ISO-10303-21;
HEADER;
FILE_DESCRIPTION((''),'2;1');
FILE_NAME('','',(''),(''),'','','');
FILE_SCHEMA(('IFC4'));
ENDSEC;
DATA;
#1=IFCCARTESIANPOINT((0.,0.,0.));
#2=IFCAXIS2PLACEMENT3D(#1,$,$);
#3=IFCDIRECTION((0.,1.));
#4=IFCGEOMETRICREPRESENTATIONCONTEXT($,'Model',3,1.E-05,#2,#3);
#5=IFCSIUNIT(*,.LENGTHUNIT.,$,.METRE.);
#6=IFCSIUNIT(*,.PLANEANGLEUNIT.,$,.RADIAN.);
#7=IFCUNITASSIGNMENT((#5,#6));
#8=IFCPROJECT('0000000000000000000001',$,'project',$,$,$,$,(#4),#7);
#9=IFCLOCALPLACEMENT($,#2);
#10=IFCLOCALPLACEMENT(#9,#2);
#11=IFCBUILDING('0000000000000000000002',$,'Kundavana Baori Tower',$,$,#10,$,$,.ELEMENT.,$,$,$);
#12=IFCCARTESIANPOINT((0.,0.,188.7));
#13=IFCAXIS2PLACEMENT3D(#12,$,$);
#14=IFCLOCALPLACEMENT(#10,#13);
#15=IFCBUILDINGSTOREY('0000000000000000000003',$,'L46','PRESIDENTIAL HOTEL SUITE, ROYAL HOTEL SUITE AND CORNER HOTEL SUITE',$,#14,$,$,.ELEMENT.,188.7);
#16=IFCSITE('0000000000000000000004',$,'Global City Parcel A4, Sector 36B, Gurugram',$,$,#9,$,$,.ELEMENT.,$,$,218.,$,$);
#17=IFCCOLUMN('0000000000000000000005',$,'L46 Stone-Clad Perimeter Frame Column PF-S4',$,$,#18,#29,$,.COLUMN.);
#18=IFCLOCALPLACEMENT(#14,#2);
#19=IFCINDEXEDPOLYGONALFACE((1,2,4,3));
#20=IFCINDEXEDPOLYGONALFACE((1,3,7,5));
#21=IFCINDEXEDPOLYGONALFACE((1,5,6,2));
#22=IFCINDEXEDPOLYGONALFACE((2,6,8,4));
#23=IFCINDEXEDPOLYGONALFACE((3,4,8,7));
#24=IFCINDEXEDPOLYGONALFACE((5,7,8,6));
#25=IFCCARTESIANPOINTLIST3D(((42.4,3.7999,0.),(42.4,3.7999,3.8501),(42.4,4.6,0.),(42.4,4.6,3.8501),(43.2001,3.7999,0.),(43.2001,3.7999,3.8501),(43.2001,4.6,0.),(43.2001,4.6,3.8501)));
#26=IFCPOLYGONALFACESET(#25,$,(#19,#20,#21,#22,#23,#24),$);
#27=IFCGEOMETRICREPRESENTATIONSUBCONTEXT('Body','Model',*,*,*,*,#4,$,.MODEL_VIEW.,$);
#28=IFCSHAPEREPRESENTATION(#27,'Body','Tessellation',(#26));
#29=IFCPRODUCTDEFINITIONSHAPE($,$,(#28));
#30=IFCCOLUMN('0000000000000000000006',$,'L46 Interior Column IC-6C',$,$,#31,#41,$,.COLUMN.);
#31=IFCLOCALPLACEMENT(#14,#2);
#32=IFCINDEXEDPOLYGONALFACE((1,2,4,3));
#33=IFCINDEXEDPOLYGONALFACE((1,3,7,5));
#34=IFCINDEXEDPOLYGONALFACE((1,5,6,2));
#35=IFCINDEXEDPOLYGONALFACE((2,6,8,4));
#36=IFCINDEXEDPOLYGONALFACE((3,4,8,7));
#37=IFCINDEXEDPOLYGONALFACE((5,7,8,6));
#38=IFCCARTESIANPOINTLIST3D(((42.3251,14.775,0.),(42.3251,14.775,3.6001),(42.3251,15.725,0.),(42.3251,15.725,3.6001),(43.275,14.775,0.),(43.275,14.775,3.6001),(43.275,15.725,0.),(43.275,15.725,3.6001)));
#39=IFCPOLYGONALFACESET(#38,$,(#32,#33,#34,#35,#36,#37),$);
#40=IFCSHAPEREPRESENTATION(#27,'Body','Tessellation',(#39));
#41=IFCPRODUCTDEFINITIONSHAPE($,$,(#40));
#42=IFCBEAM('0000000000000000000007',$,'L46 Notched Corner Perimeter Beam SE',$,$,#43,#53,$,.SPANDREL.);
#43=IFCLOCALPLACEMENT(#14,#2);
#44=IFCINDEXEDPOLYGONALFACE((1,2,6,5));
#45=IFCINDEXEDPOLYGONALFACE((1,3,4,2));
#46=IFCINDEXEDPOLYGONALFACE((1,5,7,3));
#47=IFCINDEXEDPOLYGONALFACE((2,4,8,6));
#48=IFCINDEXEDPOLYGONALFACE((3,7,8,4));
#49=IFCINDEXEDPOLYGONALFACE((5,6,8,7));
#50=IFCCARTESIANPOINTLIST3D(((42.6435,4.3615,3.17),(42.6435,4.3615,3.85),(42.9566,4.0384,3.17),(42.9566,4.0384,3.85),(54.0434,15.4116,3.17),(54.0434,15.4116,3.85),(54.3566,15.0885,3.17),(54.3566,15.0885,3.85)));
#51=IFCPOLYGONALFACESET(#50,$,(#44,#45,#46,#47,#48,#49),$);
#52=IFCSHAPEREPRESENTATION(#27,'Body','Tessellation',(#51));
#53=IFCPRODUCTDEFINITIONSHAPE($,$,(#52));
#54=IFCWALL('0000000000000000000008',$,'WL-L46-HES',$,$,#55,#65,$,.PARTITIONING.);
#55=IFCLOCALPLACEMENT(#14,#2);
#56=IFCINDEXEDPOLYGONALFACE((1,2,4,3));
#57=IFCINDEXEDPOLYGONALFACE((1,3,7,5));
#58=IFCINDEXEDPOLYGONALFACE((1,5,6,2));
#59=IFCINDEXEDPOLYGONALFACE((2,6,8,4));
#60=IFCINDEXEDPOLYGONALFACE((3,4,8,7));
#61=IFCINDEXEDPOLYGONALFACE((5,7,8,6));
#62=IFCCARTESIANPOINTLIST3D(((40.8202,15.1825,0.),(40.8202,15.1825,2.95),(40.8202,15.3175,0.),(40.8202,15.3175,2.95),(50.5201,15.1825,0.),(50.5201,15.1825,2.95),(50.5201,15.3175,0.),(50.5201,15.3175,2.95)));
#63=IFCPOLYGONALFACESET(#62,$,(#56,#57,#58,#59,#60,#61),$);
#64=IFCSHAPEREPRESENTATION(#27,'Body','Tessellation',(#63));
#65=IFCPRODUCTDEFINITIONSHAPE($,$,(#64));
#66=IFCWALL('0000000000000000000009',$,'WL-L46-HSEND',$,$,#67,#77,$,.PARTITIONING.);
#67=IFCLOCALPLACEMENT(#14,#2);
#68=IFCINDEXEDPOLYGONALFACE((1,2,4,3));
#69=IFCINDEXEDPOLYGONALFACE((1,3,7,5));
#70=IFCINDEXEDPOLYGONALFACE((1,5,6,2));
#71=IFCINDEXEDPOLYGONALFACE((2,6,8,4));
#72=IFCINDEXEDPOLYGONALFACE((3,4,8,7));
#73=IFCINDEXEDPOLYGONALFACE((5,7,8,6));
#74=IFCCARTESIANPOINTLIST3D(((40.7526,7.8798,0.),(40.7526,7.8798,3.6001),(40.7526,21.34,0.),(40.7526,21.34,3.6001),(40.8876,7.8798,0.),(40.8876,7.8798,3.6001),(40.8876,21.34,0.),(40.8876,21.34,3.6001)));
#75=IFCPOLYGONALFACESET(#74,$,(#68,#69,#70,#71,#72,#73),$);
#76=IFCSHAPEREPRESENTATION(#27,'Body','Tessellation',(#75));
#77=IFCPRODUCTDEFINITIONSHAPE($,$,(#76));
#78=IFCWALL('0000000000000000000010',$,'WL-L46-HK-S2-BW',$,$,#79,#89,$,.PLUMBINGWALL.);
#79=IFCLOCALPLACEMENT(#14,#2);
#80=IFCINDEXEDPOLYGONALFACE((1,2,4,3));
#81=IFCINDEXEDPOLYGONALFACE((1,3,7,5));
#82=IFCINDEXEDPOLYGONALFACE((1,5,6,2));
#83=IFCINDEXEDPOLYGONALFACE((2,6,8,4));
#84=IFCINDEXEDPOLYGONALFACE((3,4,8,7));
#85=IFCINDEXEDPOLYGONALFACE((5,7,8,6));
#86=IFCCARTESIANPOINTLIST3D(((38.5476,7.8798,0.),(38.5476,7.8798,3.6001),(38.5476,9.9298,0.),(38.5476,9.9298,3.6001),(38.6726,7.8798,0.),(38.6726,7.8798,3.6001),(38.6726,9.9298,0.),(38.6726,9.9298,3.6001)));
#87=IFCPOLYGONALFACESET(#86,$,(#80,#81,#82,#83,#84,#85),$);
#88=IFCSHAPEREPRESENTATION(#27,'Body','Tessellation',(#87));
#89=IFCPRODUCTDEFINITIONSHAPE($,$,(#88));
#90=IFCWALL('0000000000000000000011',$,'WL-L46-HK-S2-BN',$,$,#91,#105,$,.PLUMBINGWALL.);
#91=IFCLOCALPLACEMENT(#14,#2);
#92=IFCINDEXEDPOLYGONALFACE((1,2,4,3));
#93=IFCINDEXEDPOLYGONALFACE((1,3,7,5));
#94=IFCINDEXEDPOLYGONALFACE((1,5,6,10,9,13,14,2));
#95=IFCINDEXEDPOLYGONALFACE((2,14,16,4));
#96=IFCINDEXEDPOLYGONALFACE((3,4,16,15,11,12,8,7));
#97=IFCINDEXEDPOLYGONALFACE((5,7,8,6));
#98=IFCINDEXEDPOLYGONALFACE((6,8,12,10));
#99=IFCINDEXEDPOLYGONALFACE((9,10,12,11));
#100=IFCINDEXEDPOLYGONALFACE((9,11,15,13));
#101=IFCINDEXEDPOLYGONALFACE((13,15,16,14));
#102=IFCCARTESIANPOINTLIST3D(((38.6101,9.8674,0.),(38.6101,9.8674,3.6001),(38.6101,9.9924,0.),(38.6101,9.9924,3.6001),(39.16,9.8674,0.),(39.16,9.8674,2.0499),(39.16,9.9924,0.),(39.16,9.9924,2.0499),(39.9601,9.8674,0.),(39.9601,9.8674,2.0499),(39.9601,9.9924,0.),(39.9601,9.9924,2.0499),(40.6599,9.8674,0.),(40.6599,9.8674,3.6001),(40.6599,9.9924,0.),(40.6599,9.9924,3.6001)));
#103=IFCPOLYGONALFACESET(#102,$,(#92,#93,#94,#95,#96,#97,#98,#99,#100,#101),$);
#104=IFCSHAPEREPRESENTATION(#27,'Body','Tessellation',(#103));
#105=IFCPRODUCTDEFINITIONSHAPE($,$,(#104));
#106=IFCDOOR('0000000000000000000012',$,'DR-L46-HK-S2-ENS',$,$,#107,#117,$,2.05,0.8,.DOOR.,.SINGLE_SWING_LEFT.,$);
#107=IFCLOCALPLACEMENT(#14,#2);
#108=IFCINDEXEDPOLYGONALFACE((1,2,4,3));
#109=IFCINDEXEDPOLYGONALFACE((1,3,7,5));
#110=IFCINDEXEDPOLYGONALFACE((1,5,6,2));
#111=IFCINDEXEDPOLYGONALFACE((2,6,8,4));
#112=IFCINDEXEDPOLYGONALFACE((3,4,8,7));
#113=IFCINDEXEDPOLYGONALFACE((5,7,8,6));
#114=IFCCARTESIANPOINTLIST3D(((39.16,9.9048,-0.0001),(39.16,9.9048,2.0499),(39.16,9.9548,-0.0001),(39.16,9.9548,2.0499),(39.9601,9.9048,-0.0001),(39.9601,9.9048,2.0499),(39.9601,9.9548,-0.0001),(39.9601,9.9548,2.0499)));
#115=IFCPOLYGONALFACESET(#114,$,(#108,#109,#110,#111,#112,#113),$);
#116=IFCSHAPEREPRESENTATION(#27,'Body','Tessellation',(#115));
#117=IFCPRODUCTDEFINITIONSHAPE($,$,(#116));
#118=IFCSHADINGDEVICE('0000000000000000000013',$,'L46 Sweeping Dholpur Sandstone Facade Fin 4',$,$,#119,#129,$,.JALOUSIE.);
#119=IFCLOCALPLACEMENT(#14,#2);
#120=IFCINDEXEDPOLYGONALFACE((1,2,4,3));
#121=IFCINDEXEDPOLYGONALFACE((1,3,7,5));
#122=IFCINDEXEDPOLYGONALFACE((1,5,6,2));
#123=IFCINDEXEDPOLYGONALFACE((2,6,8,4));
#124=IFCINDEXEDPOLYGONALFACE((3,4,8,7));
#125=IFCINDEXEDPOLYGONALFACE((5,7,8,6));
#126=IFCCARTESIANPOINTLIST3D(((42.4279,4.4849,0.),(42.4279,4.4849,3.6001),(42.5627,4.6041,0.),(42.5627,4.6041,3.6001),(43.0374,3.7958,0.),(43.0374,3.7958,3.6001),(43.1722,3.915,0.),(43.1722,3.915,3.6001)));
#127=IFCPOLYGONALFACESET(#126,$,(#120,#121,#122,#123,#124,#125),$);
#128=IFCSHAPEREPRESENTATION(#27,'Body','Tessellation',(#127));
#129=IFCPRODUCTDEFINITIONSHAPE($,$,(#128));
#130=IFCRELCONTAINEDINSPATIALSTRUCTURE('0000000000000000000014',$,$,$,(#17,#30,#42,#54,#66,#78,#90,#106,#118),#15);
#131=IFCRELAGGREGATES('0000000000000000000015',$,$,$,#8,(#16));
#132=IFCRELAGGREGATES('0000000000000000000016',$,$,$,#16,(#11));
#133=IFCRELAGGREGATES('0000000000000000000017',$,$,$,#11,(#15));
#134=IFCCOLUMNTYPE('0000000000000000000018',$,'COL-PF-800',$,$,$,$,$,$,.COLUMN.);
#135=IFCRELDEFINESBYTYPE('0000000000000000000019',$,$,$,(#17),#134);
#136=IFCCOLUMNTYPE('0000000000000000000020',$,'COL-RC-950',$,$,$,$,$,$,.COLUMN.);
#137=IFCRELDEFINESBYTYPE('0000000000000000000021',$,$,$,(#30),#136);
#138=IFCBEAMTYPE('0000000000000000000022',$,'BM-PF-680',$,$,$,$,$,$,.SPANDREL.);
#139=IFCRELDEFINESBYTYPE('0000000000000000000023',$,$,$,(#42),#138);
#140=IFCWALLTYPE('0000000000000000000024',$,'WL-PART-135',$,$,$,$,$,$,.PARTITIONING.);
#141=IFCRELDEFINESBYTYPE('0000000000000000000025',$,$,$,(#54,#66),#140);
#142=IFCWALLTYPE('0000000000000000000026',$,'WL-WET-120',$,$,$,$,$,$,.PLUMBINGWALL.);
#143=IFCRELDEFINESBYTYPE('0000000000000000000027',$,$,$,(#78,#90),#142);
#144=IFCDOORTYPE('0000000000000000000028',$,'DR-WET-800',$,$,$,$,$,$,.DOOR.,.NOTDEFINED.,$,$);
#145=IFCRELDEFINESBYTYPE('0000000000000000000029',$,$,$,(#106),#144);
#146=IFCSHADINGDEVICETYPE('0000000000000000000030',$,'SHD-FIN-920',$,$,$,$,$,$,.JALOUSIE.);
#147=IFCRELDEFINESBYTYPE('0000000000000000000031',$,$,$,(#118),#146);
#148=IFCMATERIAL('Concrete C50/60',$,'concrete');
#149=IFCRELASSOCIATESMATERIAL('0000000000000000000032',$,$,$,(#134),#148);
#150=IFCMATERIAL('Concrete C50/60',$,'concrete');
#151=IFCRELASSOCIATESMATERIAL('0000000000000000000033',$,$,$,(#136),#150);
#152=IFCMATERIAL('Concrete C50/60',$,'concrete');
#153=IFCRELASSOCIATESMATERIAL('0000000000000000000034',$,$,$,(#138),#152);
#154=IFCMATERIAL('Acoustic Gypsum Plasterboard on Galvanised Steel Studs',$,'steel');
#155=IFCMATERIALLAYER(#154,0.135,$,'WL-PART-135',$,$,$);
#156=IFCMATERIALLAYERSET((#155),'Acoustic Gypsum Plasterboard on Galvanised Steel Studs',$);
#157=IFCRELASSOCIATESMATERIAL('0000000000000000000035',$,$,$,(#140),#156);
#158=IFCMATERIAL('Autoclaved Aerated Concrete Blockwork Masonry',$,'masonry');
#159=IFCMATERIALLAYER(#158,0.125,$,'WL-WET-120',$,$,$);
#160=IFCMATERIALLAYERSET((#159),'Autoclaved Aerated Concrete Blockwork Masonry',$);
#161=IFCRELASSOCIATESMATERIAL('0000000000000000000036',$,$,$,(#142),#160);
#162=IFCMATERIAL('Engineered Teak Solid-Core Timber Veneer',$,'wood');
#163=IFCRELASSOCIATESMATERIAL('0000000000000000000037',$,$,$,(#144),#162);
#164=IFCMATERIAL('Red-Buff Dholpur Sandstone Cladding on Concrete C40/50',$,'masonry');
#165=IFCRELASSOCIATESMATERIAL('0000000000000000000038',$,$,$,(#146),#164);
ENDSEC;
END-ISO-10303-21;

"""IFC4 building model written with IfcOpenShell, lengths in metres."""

from ifc_helpers import new_model, si_unit, direction, frame, frame_2d, origin, origin_2d, place, context, subcontext, project, spatial, rectangle, extrude, material, layer, layer_set, material_profile, profile_set, type_object, element, fill, save


model = new_model("IFC4")

# Units and contexts
model_context = context("Model", 3, precision=1e-05, world=origin(), true_north=direction((0.0, 1.0)))
body_context = subcontext(model_context, "Body", "Model", "MODEL_VIEW")
ifc_project = project(units=[si_unit("LENGTHUNIT", "METRE"), si_unit("PLANEANGLEUNIT", "RADIAN")], contexts=[model_context])

# Site, building, storey
site_placement = place(None, origin())
site = spatial("IfcSite", under=ifc_project, at=site_placement, Name="Global City Parcel A4, Sector 36B, Gurugram", CompositionType="ELEMENT", RefElevation=218.0)
building_placement = place(site_placement, origin())
building = spatial("IfcBuilding", under=site, at=building_placement, Name="Kundavana Baori Tower", CompositionType="ELEMENT")
storey_placement = place(building_placement, frame((0.0, 0.0, 188.7)))
storey = spatial("IfcBuildingStorey", under=building, at=storey_placement, Name="L46", Description="PRESIDENTIAL HOTEL SUITE, ROYAL HOTEL SUITE AND CORNER HOTEL SUITE", CompositionType="ELEMENT", Elevation=188.7)

# Columns
ifc_material_1 = material(Name="Concrete C50/60", Category="concrete")
ifc_material_profile_1 = material_profile(ifc_material_1, rectangle(XDim=0.8, YDim=0.8, at=origin_2d()), Name="RC PF 800x800")
ifc_profile_set_1 = profile_set([ifc_material_profile_1], Name="Concrete C50/60")
column_type_1 = type_object("IfcColumnType", Name="COL-PF-800", PredefinedType="COLUMN", material=ifc_profile_set_1)
column_1_placement = place(storey_placement, frame((42.8, 4.2, 0.0), z_axis=(0.0, 0.0, 1.0), x_axis=(1.0, 0.0, 0.0)))
element("IfcColumn", 1, at=column_1_placement, inside=storey, type_object=column_type_1, Name="L46 Stone-Clad Perimeter Frame Column PF-S4", PredefinedType="COLUMN", context=body_context, shape_type="SweptSolid", body=[
    extrude(rectangle(XDim=0.8, YDim=0.8, at=origin_2d()), origin(), (0.0, 0.0, 1.0), 3.8501),
])
ifc_material_2 = material(Name="Concrete C50/60", Category="concrete")
ifc_material_profile_2 = material_profile(ifc_material_2, rectangle(XDim=0.95, YDim=0.95, at=origin_2d()), Name="RC 950x950")
ifc_profile_set_2 = profile_set([ifc_material_profile_2], Name="Concrete C50/60")
column_type_2 = type_object("IfcColumnType", Name="COL-RC-950", PredefinedType="COLUMN", material=ifc_profile_set_2)
column_2_placement = place(storey_placement, frame((42.8, 15.25, 0.0), z_axis=(0.0, 0.0, 1.0), x_axis=(1.0, 0.0, 0.0)))
element("IfcColumn", 2, at=column_2_placement, inside=storey, type_object=column_type_2, Name="L46 Interior Column IC-6C", PredefinedType="COLUMN", context=body_context, shape_type="SweptSolid", body=[
    extrude(rectangle(XDim=0.95, YDim=0.95, at=origin_2d()), origin(), (0.0, 0.0, 1.0), 3.6001),
])

# Beam
ifc_material_3 = material(Name="Concrete C50/60", Category="concrete")
ifc_material_profile_3 = material_profile(ifc_material_3, rectangle(XDim=0.45, YDim=0.6799, at=origin_2d()), Name="RC BM 450x680")
ifc_profile_set_3 = profile_set([ifc_material_profile_3], Name="Concrete C50/60")
beam_type = type_object("IfcBeamType", Name="BM-PF-680", PredefinedType="SPANDREL", material=ifc_profile_set_3)
beam_placement = place(storey_placement, frame((42.8, 4.2, 3.51), z_axis=(0.718039, 0.696003, 0.0), x_axis=(-0.696003, 0.718039, 0.0)))
element("IfcBeam", 3, at=beam_placement, inside=storey, type_object=beam_type, Name="L46 Notched Corner Perimeter Beam SE", PredefinedType="SPANDREL", context=body_context, shape_type="SweptSolid", body=[
    extrude(rectangle(XDim=0.45, YDim=0.6799, at=origin_2d()), origin(), (0.0, 0.0, 1.0), 15.8765),
])

# Walls
ifc_material_4 = material(Name="Acoustic Gypsum Plasterboard on Galvanised Steel Studs", Category="steel")
ifc_layer_1 = layer(ifc_material_4, 0.135, Name="WL-PART-135")
ifc_layer_set_1 = layer_set([ifc_layer_1], Name="Acoustic Gypsum Plasterboard on Galvanised Steel Studs")
wall_type_1 = type_object("IfcWallType", Name="WL-PART-135", PredefinedType="PARTITIONING", material=ifc_layer_set_1)
wall_1_placement = place(storey_placement, frame((40.8201, 15.25, 0.0), z_axis=(0.0, 0.0, 1.0), x_axis=(1.0, 0.0, 0.0)))
element("IfcWall", 4, at=wall_1_placement, inside=storey, type_object=wall_type_1, Name="WL-L46-HES", PredefinedType="PARTITIONING", context=body_context, shape_type="SweptSolid", body=[
    extrude(rectangle(XDim=9.7, YDim=0.135, at=frame_2d((4.8501, 0.0))), origin(), (0.0, 0.0, 1.0), 2.95),
])
wall_2_placement = place(storey_placement, frame((40.8201, 7.8799, 0.0), z_axis=(0.0, 0.0, 1.0), x_axis=(0.0, 1.0, 0.0)))
element("IfcWall", 5, at=wall_2_placement, inside=storey, type_object=wall_type_1, Name="WL-L46-HSEND", PredefinedType="PARTITIONING", context=body_context, shape_type="SweptSolid", body=[
    extrude(rectangle(XDim=13.4602, YDim=0.135, at=frame_2d((6.73, 0.0))), origin(), (0.0, 0.0, 1.0), 3.6001),
])
ifc_material_5 = material(Name="Autoclaved Aerated Concrete Blockwork Masonry", Category="masonry")
ifc_layer_2 = layer(ifc_material_5, 0.125, Name="WL-WET-120")
ifc_layer_set_2 = layer_set([ifc_layer_2], Name="Autoclaved Aerated Concrete Blockwork Masonry")
wall_type_2 = type_object("IfcWallType", Name="WL-WET-120", PredefinedType="PLUMBINGWALL", material=ifc_layer_set_2)
wall_3_placement = place(storey_placement, frame((38.6101, 7.8799, 0.0), z_axis=(0.0, 0.0, 1.0), x_axis=(0.0, 1.0, 0.0)))
element("IfcWall", 6, at=wall_3_placement, inside=storey, type_object=wall_type_2, Name="WL-L46-HK-S2-BW", PredefinedType="PLUMBINGWALL", context=body_context, shape_type="SweptSolid", body=[
    extrude(rectangle(XDim=2.05, YDim=0.125, at=frame_2d((1.0249, 0.0))), origin(), (0.0, 0.0, 1.0), 3.6001),
])

# Wall, opening, door
wall_4_placement = place(storey_placement, frame((38.6101, 9.9299, 0.0), z_axis=(0.0, 0.0, 1.0), x_axis=(1.0, 0.0, 0.0)))
wall_4 = element("IfcWall", 7, at=wall_4_placement, inside=storey, type_object=wall_type_2, Name="WL-L46-HK-S2-BN", PredefinedType="PLUMBINGWALL", context=body_context, shape_type="SweptSolid", body=[
    extrude(rectangle(XDim=2.0498, YDim=0.125, at=frame_2d((1.0249, 0.0))), origin(), (0.0, 0.0, 1.0), 3.6001),
])
opening_placement = place(wall_4_placement, frame((0.55, 0.0, 0.0)))
opening = element("IfcOpeningElement", 8, at=opening_placement, cuts=wall_4, PredefinedType="OPENING", context=body_context, shape_type="SweptSolid", body=[
    extrude(rectangle(XDim=0.8, YDim=2.05, at=frame_2d((0.3999, 1.0249))), frame((0.0, 0.0725, 0.0), z_axis=(0.0, -1.0, 0.0), x_axis=(1.0, 0.0, 0.0)), (0.0, 0.0, 1.0), 0.145),
])
ifc_material_6 = material(Name="Engineered Teak Solid-Core Timber Veneer", Category="wood")
door_type = type_object("IfcDoorType", Name="DR-WET-800", OperationType="NOTDEFINED", PredefinedType="DOOR", material=ifc_material_6)
door_placement = place(opening_placement, origin())
door = element("IfcDoor", 9, at=door_placement, inside=storey, type_object=door_type, Name="DR-L46-HK-S2-ENS", OperationType="SINGLE_SWING_LEFT", OverallHeight=2.05, OverallWidth=0.8, PredefinedType="DOOR", context=body_context, shape_type="SweptSolid", body=[
    extrude(rectangle(XDim=0.8, YDim=2.05, at=frame_2d((0.3999, 1.0249))), frame((0.0, 0.0249, 0.0), z_axis=(0.0, -1.0, 0.0), x_axis=(1.0, 0.0, 0.0)), (0.0, 0.0, 1.0), 0.05),
])
fill(opening, door)

# Shading device
ifc_material_7 = material(Name="Red-Buff Dholpur Sandstone Cladding on Concrete C40/50", Category="masonry")
shading_device_type = type_object("IfcShadingDeviceType", Name="SHD-FIN-920", PredefinedType="JALOUSIE", material=ifc_material_7)
shading_device_placement = place(storey_placement, frame((42.8, 4.2, 0.0), z_axis=(0.0, 0.0, 1.0), x_axis=(0.749071, 0.662489, 0.0)))
element("IfcShadingDevice", 10, at=shading_device_placement, inside=storey, type_object=shading_device_type, Name="L46 Sweeping Dholpur Sandstone Facade Fin 4", PredefinedType="JALOUSIE", context=body_context, shape_type="SweptSolid", body=[
    extrude(rectangle(XDim=0.1799, YDim=0.9199, at=origin_2d()), origin(), (0.0, 0.0, 1.0), 3.6001),
])

save(model, "model.ifc")
